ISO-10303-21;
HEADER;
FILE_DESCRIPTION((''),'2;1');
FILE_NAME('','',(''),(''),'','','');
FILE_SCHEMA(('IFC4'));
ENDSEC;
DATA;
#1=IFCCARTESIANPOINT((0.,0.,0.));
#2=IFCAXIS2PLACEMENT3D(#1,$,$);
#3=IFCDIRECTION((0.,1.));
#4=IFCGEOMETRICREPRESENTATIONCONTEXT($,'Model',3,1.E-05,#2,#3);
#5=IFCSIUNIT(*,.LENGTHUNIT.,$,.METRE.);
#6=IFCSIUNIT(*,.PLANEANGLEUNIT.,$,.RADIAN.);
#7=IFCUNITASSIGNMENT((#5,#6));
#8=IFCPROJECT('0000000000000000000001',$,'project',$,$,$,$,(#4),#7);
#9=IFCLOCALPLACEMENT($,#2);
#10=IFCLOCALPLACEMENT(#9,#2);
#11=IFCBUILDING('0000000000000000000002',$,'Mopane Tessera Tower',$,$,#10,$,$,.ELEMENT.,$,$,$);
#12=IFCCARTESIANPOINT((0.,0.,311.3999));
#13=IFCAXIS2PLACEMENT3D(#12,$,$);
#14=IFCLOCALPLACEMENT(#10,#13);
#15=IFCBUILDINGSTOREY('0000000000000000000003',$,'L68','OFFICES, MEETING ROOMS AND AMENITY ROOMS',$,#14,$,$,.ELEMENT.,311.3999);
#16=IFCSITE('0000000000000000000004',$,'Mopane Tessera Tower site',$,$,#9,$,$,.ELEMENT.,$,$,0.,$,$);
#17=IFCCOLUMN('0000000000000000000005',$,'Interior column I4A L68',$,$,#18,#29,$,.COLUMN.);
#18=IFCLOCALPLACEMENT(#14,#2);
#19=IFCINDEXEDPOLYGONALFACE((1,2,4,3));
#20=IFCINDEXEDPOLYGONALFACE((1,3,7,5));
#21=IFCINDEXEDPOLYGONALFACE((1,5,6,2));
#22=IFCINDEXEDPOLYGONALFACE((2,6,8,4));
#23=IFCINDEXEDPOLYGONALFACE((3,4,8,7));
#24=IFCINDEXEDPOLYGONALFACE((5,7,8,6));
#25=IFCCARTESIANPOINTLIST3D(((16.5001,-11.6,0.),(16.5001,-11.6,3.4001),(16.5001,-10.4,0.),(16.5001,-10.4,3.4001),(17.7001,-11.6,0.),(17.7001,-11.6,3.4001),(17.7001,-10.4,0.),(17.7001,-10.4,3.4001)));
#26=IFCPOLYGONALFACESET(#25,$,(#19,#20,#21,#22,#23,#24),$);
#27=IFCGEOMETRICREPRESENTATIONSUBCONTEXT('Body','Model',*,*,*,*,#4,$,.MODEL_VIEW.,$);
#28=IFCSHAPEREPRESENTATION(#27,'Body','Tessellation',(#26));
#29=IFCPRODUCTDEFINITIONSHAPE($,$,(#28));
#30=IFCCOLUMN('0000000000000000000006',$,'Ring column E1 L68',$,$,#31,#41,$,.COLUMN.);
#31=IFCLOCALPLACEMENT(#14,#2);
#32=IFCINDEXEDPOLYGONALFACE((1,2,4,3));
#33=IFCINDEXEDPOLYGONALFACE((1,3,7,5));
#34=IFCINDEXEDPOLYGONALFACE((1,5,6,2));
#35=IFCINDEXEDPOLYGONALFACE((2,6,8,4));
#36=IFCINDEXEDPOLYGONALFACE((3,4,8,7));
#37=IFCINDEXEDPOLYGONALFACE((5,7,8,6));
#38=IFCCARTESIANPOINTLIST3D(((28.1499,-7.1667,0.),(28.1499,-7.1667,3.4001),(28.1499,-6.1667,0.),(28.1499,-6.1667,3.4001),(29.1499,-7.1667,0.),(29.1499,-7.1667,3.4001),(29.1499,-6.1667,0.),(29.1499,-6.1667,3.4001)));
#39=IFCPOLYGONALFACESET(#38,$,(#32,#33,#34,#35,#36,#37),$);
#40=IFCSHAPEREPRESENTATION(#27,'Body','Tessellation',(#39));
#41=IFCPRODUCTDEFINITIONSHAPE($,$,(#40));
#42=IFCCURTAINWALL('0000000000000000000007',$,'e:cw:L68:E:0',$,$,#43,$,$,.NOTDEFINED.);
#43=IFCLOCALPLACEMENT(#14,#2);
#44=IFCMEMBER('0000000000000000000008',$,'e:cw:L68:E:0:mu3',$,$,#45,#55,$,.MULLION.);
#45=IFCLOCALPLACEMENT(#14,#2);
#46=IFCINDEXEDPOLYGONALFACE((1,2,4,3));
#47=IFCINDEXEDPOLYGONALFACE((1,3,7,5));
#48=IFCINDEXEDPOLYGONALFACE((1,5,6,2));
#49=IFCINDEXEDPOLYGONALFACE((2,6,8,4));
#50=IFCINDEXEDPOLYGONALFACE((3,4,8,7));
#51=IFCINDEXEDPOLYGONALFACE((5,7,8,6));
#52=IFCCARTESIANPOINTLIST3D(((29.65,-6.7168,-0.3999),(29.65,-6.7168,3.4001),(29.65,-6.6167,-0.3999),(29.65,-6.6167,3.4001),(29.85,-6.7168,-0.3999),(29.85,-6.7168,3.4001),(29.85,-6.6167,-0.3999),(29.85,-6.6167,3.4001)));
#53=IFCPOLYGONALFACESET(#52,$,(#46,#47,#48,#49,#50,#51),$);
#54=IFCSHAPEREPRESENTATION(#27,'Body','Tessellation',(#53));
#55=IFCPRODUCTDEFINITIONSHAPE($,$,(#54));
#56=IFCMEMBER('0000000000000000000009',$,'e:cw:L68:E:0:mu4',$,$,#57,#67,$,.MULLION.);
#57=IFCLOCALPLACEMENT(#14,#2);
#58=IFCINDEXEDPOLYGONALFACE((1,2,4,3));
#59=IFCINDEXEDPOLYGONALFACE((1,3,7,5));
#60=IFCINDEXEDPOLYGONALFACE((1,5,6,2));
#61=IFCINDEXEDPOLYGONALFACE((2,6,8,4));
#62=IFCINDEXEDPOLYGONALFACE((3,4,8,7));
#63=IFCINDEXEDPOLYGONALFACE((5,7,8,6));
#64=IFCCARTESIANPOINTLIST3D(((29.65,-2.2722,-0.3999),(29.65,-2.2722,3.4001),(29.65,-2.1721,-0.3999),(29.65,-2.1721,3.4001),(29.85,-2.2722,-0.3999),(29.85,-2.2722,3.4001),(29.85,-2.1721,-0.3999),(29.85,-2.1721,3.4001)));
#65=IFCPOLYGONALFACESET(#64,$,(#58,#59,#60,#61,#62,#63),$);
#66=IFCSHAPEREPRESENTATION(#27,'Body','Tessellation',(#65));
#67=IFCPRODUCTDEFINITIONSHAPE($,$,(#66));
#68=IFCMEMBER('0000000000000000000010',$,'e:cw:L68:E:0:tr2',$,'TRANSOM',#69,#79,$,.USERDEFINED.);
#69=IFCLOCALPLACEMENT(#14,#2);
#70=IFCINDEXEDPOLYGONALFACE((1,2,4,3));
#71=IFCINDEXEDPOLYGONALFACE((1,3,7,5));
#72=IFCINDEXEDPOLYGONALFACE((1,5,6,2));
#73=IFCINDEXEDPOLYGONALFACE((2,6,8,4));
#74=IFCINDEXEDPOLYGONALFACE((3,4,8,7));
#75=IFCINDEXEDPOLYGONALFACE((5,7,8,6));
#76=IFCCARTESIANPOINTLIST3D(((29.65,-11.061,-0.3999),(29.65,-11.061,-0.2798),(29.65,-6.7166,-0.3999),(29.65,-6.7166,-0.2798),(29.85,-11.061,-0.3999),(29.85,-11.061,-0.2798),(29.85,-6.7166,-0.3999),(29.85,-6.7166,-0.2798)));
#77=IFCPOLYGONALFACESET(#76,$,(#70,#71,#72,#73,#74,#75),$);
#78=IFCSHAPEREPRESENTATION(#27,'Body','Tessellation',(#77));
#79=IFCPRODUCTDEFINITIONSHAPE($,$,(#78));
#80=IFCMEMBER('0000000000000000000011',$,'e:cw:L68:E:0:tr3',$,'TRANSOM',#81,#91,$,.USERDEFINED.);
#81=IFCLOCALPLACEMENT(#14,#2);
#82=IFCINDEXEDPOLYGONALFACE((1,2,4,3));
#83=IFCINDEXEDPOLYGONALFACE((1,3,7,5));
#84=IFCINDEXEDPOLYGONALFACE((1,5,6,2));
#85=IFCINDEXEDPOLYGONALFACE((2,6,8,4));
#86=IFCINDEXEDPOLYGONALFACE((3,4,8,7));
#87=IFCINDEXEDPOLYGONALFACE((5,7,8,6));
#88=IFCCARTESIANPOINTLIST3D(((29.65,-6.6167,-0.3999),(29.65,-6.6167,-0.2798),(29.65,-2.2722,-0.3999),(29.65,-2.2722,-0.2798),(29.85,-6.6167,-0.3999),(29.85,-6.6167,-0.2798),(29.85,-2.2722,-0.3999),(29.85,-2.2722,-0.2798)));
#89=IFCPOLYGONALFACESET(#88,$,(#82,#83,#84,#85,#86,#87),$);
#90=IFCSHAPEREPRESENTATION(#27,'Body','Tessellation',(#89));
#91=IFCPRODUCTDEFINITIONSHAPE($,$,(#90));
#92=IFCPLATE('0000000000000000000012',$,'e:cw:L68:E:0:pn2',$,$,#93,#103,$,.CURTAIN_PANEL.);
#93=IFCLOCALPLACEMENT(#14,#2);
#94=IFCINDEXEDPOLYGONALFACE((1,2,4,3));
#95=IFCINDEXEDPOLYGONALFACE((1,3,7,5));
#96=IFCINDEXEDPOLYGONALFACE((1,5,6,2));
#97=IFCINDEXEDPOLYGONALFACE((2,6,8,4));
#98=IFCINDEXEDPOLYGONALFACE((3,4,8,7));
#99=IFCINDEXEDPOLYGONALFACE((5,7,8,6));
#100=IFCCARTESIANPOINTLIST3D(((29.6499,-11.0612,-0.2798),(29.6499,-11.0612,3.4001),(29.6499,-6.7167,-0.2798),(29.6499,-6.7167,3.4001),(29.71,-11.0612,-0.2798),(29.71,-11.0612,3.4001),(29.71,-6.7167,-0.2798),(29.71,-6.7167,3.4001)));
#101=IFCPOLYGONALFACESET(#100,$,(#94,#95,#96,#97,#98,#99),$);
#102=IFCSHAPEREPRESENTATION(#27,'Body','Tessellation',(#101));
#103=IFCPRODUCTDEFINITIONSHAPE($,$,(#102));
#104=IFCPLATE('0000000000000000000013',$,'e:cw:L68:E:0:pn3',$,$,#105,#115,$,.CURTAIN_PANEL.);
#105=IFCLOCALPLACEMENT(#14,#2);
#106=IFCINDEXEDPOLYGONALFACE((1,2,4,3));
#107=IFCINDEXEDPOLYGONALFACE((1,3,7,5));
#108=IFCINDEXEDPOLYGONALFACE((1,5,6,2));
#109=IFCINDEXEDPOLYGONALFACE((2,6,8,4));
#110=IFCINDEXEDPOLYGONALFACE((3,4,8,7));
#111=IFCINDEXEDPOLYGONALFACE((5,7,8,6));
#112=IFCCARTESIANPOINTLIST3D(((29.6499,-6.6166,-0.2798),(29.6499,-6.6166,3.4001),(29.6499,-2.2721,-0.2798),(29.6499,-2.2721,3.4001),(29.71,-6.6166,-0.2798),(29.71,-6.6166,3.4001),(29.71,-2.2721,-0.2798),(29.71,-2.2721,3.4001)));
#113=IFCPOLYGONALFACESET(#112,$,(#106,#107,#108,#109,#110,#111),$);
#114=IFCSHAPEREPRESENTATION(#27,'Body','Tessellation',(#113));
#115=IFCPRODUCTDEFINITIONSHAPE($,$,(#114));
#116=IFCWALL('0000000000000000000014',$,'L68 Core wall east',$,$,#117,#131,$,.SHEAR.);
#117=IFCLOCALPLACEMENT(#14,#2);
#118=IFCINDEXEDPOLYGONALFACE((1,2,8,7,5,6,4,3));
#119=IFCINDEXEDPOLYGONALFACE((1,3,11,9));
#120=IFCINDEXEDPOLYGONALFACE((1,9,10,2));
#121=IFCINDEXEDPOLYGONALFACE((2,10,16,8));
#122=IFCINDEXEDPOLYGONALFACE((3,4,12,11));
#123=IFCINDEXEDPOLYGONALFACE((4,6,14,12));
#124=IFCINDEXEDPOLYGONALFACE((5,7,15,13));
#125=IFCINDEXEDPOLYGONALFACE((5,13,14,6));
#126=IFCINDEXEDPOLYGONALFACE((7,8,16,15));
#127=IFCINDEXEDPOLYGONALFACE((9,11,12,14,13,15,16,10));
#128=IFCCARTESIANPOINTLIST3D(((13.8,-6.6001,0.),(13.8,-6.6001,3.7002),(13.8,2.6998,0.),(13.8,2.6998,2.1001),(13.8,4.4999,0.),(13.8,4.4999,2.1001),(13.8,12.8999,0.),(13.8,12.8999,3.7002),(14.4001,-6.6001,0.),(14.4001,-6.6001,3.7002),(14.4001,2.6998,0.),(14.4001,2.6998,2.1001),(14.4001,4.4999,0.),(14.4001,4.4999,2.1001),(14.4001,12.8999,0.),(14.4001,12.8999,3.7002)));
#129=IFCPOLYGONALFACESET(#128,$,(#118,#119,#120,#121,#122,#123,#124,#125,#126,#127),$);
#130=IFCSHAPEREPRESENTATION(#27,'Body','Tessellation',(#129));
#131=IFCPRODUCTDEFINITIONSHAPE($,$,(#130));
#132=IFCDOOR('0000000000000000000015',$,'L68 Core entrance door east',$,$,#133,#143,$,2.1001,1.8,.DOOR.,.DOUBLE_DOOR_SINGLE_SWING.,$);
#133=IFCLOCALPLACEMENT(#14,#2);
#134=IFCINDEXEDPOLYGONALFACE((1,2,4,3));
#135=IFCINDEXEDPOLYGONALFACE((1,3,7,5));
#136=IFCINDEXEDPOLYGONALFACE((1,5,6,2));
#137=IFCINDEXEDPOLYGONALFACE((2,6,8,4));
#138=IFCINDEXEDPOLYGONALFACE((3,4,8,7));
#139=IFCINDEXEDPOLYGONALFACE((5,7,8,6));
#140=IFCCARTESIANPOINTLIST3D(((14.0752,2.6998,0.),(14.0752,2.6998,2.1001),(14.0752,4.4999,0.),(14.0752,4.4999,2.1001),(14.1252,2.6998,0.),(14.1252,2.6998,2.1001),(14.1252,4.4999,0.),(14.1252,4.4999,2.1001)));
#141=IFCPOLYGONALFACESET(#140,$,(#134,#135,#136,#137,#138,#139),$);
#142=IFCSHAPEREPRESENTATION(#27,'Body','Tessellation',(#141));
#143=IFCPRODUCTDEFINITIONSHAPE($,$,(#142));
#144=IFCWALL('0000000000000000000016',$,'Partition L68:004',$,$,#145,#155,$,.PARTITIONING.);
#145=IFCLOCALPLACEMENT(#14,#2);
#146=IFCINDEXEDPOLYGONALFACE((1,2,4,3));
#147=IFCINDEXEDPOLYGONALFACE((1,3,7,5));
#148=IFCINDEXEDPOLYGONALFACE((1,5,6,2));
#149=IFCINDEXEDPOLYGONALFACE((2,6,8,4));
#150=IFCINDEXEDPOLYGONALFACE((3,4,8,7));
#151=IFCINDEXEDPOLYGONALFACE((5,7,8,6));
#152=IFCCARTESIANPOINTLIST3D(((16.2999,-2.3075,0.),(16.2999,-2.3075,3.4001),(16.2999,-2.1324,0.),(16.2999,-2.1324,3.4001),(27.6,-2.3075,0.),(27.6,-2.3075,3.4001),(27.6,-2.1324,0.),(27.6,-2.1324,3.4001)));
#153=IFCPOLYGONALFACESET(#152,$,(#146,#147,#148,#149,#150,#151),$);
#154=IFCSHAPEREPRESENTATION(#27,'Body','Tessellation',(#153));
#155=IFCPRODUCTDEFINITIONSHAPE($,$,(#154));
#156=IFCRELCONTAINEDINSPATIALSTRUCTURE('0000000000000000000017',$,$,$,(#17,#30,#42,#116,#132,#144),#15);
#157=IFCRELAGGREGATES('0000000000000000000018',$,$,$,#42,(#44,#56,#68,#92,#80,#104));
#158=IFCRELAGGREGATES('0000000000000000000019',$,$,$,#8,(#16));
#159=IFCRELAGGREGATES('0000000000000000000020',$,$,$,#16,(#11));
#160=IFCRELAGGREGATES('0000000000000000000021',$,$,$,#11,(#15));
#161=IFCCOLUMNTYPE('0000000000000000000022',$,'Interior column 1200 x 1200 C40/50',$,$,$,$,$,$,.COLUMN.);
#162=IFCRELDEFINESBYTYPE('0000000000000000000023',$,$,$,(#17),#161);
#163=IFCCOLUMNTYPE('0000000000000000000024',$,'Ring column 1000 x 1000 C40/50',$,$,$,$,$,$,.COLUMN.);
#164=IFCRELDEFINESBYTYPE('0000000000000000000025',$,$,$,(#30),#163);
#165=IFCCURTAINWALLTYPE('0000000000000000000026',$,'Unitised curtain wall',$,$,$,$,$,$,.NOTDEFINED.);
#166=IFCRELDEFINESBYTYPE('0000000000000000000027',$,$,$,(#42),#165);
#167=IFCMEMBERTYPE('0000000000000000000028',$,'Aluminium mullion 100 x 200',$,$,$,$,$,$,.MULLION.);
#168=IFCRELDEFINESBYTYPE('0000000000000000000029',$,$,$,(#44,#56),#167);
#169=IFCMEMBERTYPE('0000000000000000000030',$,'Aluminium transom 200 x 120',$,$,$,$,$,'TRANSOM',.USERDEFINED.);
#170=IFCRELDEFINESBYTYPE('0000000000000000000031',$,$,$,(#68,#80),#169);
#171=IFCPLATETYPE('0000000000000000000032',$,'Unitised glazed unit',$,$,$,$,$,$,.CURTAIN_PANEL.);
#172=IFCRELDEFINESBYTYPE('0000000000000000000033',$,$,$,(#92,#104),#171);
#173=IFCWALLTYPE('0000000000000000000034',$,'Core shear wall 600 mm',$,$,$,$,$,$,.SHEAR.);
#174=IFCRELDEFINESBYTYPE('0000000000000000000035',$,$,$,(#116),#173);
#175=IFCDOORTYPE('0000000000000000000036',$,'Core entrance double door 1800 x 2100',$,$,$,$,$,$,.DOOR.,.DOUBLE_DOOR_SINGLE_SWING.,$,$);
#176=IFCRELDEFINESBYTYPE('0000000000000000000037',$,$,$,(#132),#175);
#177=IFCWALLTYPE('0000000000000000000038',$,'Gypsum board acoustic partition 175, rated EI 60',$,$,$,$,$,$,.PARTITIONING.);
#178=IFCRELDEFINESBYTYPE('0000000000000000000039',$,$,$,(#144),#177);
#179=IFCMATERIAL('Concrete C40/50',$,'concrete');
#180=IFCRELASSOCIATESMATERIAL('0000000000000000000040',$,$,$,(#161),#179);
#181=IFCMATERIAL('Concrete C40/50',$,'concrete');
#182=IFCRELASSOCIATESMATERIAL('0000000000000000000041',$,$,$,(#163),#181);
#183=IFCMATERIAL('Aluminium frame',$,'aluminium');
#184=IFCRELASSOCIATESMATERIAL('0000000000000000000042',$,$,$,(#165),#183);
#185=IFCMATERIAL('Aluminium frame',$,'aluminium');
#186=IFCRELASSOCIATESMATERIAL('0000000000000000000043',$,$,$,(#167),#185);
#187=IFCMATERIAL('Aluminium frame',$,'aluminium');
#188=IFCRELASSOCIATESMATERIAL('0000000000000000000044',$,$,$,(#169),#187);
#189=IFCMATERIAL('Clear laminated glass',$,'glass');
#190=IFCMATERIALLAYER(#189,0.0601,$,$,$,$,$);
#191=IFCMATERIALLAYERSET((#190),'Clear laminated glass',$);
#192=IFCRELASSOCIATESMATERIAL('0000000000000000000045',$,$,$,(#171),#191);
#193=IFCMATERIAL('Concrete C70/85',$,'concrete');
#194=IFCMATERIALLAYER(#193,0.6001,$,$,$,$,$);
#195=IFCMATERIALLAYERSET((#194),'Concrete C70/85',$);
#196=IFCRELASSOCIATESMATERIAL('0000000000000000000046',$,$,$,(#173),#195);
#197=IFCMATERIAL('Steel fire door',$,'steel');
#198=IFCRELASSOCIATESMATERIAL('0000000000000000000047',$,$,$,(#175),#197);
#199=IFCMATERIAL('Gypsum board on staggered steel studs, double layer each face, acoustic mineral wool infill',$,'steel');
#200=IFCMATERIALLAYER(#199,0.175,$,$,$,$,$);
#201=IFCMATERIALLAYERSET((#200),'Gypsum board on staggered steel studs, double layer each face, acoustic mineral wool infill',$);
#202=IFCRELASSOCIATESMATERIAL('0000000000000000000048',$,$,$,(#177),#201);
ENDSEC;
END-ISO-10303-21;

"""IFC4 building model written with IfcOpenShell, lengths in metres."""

from ifc_helpers import new_model, si_unit, direction, frame, frame_2d, origin, origin_2d, place, context, subcontext, project, spatial, rectangle, extrude, material, layer, layer_set, material_profile, profile_set, type_object, element, fill, aggregate, save


model = new_model("IFC4")

# Units and contexts
model_context = context("Model", 3, precision=1e-05, world=origin(), true_north=direction((0.0, 1.0)))
body_context = subcontext(model_context, "Body", "Model", "MODEL_VIEW")
ifc_project = project(units=[si_unit("LENGTHUNIT", "METRE"), si_unit("PLANEANGLEUNIT", "RADIAN")], contexts=[model_context])

# Site, building, storey
site_placement = place(None, origin())
site = spatial("IfcSite", under=ifc_project, at=site_placement, Name="Mopane Tessera Tower site", CompositionType="ELEMENT", RefElevation=0.0)
building_placement = place(site_placement, origin())
building = spatial("IfcBuilding", under=site, at=building_placement, Name="Mopane Tessera Tower", CompositionType="ELEMENT")
storey_placement = place(building_placement, frame((0.0, 0.0, 311.3999)))
storey = spatial("IfcBuildingStorey", under=building, at=storey_placement, Name="L68", Description="OFFICES, MEETING ROOMS AND AMENITY ROOMS", CompositionType="ELEMENT", Elevation=311.3999)

# Columns
ifc_material_1 = material(Name="Concrete C40/50", Category="concrete")
ifc_material_profile_1 = material_profile(ifc_material_1, rectangle(XDim=1.2, YDim=1.2, at=origin_2d()))
ifc_profile_set_1 = profile_set([ifc_material_profile_1], Name="Concrete C40/50")
column_type_1 = type_object("IfcColumnType", Name="Interior column 1200 x 1200 C40/50", PredefinedType="COLUMN", material=ifc_profile_set_1)
column_1_placement = place(storey_placement, frame((17.1001, -11.0, 0.0), z_axis=(0.0, 0.0, 1.0), x_axis=(1.0, 0.0, 0.0)))
element("IfcColumn", 1, at=column_1_placement, inside=storey, type_object=column_type_1, Name="Interior column I4A L68", PredefinedType="COLUMN", context=body_context, shape_type="SweptSolid", body=[
    extrude(rectangle(XDim=1.2, YDim=1.2, at=origin_2d()), origin(), (0.0, 0.0, 1.0), 3.4001),
])
ifc_material_2 = material(Name="Concrete C40/50", Category="concrete")
ifc_material_profile_2 = material_profile(ifc_material_2, rectangle(XDim=1.0, YDim=1.0, at=origin_2d()))
ifc_profile_set_2 = profile_set([ifc_material_profile_2], Name="Concrete C40/50")
column_type_2 = type_object("IfcColumnType", Name="Ring column 1000 x 1000 C40/50", PredefinedType="COLUMN", material=ifc_profile_set_2)
column_2_placement = place(storey_placement, frame((28.6499, -6.6667, 0.0), z_axis=(0.0, 0.0, 1.0), x_axis=(1.0, 0.0, 0.0)))
element("IfcColumn", 2, at=column_2_placement, inside=storey, type_object=column_type_2, Name="Ring column E1 L68", PredefinedType="COLUMN", context=body_context, shape_type="SweptSolid", body=[
    extrude(rectangle(XDim=1.0, YDim=1.0, at=origin_2d()), origin(), (0.0, 0.0, 1.0), 3.4001),
])

# Curtain wall, members, plates
ifc_material_3 = material(Name="Aluminium frame", Category="aluminium")
curtain_wall_type = type_object("IfcCurtainWallType", Name="Unitised curtain wall", PredefinedType="NOTDEFINED", material=ifc_material_3)
curtain_wall_placement = place(storey_placement, origin())
curtain_wall = element("IfcCurtainWall", 3, at=curtain_wall_placement, inside=storey, type_object=curtain_wall_type, Name="e:cw:L68:E:0", PredefinedType="NOTDEFINED")
ifc_material_4 = material(Name="Aluminium frame", Category="aluminium")
ifc_material_profile_3 = material_profile(ifc_material_4, rectangle(XDim=0.1001, YDim=0.2, at=origin_2d()))
ifc_profile_set_3 = profile_set([ifc_material_profile_3], Name="Aluminium frame")
member_type_1 = type_object("IfcMemberType", Name="Aluminium mullion 100 x 200", PredefinedType="MULLION", material=ifc_profile_set_3)
member_1_placement = place(storey_placement, frame((29.75, -6.6667, -0.3999), z_axis=(0.0, 0.0, 1.0), x_axis=(0.0, 1.0, 0.0)))
member_1 = element("IfcMember", 4, at=member_1_placement, type_object=member_type_1, Name="e:cw:L68:E:0:mu3", PredefinedType="MULLION", context=body_context, shape_type="SweptSolid", body=[
    extrude(rectangle(XDim=0.1001, YDim=0.2, at=origin_2d()), origin(), (0.0, 0.0, 1.0), 3.8),
])
member_2_placement = place(storey_placement, frame((29.75, -2.2222, -0.3999), z_axis=(0.0, 0.0, 1.0), x_axis=(0.0, 1.0, 0.0)))
member_2 = element("IfcMember", 5, at=member_2_placement, type_object=member_type_1, Name="e:cw:L68:E:0:mu4", PredefinedType="MULLION", context=body_context, shape_type="SweptSolid", body=[
    extrude(rectangle(XDim=0.1001, YDim=0.2, at=origin_2d()), origin(), (0.0, 0.0, 1.0), 3.8),
])
ifc_material_5 = material(Name="Aluminium frame", Category="aluminium")
ifc_material_profile_4 = material_profile(ifc_material_5, rectangle(XDim=0.2, YDim=0.1201, at=origin_2d()))
ifc_profile_set_4 = profile_set([ifc_material_profile_4], Name="Aluminium frame")
member_type_2 = type_object("IfcMemberType", Name="Aluminium transom 200 x 120", ElementType="TRANSOM", PredefinedType="USERDEFINED", material=ifc_profile_set_4)
member_3_placement = place(storey_placement, frame((29.75, -11.061, -0.3398), z_axis=(0.0, 1.0, 0.0), x_axis=(-1.0, 0.0, 0.0)))
member_3 = element("IfcMember", 6, at=member_3_placement, type_object=member_type_2, Name="e:cw:L68:E:0:tr2", ObjectType="TRANSOM", PredefinedType="USERDEFINED", context=body_context, shape_type="SweptSolid", body=[
    extrude(rectangle(XDim=0.2, YDim=0.1201, at=origin_2d()), origin(), (0.0, 0.0, 1.0), 4.3445),
])
member_4_placement = place(storey_placement, frame((29.75, -6.6167, -0.3398), z_axis=(0.0, 1.0, 0.0), x_axis=(-1.0, 0.0, 0.0)))
member_4 = element("IfcMember", 7, at=member_4_placement, type_object=member_type_2, Name="e:cw:L68:E:0:tr3", ObjectType="TRANSOM", PredefinedType="USERDEFINED", context=body_context, shape_type="SweptSolid", body=[
    extrude(rectangle(XDim=0.2, YDim=0.1201, at=origin_2d()), origin(), (0.0, 0.0, 1.0), 4.3445),
])
ifc_material_6 = material(Name="Clear laminated glass", Category="glass")
ifc_layer_1 = layer(ifc_material_6, 0.0601)
ifc_layer_set_1 = layer_set([ifc_layer_1], Name="Clear laminated glass")
plate_type = type_object("IfcPlateType", Name="Unitised glazed unit", PredefinedType="CURTAIN_PANEL", material=ifc_layer_set_1)
plate_1_placement = place(storey_placement, frame((29.6799, -8.8889, -0.2798), z_axis=(0.0, 0.0, 1.0), x_axis=(0.0, 1.0, 0.0)))
plate_1 = element("IfcPlate", 8, at=plate_1_placement, type_object=plate_type, Name="e:cw:L68:E:0:pn2", PredefinedType="CURTAIN_PANEL", context=body_context, shape_type="SweptSolid", body=[
    extrude(rectangle(XDim=4.3445, YDim=0.0601, at=origin_2d()), origin(), (0.0, 0.0, 1.0), 3.6799),
])
plate_2_placement = place(storey_placement, frame((29.6799, -4.4443, -0.2798), z_axis=(0.0, 0.0, 1.0), x_axis=(0.0, 1.0, 0.0)))
plate_2 = element("IfcPlate", 9, at=plate_2_placement, type_object=plate_type, Name="e:cw:L68:E:0:pn3", PredefinedType="CURTAIN_PANEL", context=body_context, shape_type="SweptSolid", body=[
    extrude(rectangle(XDim=4.3445, YDim=0.0601, at=origin_2d()), origin(), (0.0, 0.0, 1.0), 3.6799),
])
aggregate(curtain_wall, [member_1, member_2, member_3, plate_1, member_4, plate_2])

# Wall, opening, door
ifc_material_7 = material(Name="Concrete C70/85", Category="concrete")
ifc_layer_2 = layer(ifc_material_7, 0.6001)
ifc_layer_set_2 = layer_set([ifc_layer_2], Name="Concrete C70/85")
wall_type_1 = type_object("IfcWallType", Name="Core shear wall 600 mm", PredefinedType="SHEAR", material=ifc_layer_set_2)
wall_1_placement = place(storey_placement, frame((14.1001, -6.6001, 0.0), z_axis=(0.0, 0.0, 1.0), x_axis=(0.0, 1.0, 0.0)))
wall_1 = element("IfcWall", 10, at=wall_1_placement, inside=storey, type_object=wall_type_1, Name="L68 Core wall east", PredefinedType="SHEAR", context=body_context, shape_type="SweptSolid", body=[
    extrude(rectangle(XDim=19.5, YDim=0.6001, at=frame_2d((9.75, 0.0))), origin(), (0.0, 0.0, 1.0), 3.7002),
])
opening_1_placement = place(wall_1_placement, frame((9.3, 0.0, 0.0)))
opening_1 = element("IfcOpeningElement", 11, at=opening_1_placement, cuts=wall_1, PredefinedType="OPENING", context=body_context, shape_type="SweptSolid", body=[
    extrude(rectangle(XDim=1.8, YDim=2.1001, at=frame_2d((0.8999, 1.05))), frame((0.0, 0.312, 0.0), z_axis=(0.0, -1.0, 0.0), x_axis=(1.0, 0.0, 0.0)), (0.0, 0.0, 1.0), 0.624),
])
ifc_material_8 = material(Name="Steel fire door", Category="steel")
door_type_1 = type_object("IfcDoorType", Name="Core entrance double door 1800 x 2100", OperationType="DOUBLE_DOOR_SINGLE_SWING", PredefinedType="DOOR", material=ifc_material_8)
door_1_placement = place(opening_1_placement, origin())
door_1 = element("IfcDoor", 12, at=door_1_placement, inside=storey, type_object=door_type_1, Name="L68 Core entrance door east", OperationType="DOUBLE_DOOR_SINGLE_SWING", OverallHeight=2.1001, OverallWidth=1.8, PredefinedType="DOOR", context=body_context, shape_type="SweptSolid", body=[
    extrude(rectangle(XDim=1.8, YDim=2.1001, at=frame_2d((0.8999, 1.05))), frame((0.0, 0.0249, 0.0), z_axis=(0.0, -1.0, 0.0), x_axis=(1.0, 0.0, 0.0)), (0.0, 0.0, 1.0), 0.05),
])
fill(opening_1, door_1)

# Wall
ifc_material_9 = material(Name="Gypsum board on staggered steel studs, double layer each face, acoustic mineral wool infill", Category="steel")
ifc_layer_3 = layer(ifc_material_9, 0.175)
ifc_layer_set_3 = layer_set([ifc_layer_3], Name="Gypsum board on staggered steel studs, double layer each face, acoustic mineral wool infill")
wall_type_2 = type_object("IfcWallType", Name="Gypsum board acoustic partition 175, rated EI 60", PredefinedType="PARTITIONING", material=ifc_layer_set_3)
wall_2_placement = place(storey_placement, frame((16.3, -2.22, 0.0), z_axis=(0.0, 0.0, 1.0), x_axis=(1.0, 0.0, 0.0)))
element("IfcWall", 13, at=wall_2_placement, inside=storey, type_object=wall_type_2, Name="Partition L68:004", PredefinedType="PARTITIONING", context=body_context, shape_type="SweptSolid", body=[
    extrude(rectangle(XDim=11.3, YDim=0.175, at=frame_2d((5.6499, 0.0))), origin(), (0.0, 0.0, 1.0), 3.4001),
])

save(model, "model.ifc")
